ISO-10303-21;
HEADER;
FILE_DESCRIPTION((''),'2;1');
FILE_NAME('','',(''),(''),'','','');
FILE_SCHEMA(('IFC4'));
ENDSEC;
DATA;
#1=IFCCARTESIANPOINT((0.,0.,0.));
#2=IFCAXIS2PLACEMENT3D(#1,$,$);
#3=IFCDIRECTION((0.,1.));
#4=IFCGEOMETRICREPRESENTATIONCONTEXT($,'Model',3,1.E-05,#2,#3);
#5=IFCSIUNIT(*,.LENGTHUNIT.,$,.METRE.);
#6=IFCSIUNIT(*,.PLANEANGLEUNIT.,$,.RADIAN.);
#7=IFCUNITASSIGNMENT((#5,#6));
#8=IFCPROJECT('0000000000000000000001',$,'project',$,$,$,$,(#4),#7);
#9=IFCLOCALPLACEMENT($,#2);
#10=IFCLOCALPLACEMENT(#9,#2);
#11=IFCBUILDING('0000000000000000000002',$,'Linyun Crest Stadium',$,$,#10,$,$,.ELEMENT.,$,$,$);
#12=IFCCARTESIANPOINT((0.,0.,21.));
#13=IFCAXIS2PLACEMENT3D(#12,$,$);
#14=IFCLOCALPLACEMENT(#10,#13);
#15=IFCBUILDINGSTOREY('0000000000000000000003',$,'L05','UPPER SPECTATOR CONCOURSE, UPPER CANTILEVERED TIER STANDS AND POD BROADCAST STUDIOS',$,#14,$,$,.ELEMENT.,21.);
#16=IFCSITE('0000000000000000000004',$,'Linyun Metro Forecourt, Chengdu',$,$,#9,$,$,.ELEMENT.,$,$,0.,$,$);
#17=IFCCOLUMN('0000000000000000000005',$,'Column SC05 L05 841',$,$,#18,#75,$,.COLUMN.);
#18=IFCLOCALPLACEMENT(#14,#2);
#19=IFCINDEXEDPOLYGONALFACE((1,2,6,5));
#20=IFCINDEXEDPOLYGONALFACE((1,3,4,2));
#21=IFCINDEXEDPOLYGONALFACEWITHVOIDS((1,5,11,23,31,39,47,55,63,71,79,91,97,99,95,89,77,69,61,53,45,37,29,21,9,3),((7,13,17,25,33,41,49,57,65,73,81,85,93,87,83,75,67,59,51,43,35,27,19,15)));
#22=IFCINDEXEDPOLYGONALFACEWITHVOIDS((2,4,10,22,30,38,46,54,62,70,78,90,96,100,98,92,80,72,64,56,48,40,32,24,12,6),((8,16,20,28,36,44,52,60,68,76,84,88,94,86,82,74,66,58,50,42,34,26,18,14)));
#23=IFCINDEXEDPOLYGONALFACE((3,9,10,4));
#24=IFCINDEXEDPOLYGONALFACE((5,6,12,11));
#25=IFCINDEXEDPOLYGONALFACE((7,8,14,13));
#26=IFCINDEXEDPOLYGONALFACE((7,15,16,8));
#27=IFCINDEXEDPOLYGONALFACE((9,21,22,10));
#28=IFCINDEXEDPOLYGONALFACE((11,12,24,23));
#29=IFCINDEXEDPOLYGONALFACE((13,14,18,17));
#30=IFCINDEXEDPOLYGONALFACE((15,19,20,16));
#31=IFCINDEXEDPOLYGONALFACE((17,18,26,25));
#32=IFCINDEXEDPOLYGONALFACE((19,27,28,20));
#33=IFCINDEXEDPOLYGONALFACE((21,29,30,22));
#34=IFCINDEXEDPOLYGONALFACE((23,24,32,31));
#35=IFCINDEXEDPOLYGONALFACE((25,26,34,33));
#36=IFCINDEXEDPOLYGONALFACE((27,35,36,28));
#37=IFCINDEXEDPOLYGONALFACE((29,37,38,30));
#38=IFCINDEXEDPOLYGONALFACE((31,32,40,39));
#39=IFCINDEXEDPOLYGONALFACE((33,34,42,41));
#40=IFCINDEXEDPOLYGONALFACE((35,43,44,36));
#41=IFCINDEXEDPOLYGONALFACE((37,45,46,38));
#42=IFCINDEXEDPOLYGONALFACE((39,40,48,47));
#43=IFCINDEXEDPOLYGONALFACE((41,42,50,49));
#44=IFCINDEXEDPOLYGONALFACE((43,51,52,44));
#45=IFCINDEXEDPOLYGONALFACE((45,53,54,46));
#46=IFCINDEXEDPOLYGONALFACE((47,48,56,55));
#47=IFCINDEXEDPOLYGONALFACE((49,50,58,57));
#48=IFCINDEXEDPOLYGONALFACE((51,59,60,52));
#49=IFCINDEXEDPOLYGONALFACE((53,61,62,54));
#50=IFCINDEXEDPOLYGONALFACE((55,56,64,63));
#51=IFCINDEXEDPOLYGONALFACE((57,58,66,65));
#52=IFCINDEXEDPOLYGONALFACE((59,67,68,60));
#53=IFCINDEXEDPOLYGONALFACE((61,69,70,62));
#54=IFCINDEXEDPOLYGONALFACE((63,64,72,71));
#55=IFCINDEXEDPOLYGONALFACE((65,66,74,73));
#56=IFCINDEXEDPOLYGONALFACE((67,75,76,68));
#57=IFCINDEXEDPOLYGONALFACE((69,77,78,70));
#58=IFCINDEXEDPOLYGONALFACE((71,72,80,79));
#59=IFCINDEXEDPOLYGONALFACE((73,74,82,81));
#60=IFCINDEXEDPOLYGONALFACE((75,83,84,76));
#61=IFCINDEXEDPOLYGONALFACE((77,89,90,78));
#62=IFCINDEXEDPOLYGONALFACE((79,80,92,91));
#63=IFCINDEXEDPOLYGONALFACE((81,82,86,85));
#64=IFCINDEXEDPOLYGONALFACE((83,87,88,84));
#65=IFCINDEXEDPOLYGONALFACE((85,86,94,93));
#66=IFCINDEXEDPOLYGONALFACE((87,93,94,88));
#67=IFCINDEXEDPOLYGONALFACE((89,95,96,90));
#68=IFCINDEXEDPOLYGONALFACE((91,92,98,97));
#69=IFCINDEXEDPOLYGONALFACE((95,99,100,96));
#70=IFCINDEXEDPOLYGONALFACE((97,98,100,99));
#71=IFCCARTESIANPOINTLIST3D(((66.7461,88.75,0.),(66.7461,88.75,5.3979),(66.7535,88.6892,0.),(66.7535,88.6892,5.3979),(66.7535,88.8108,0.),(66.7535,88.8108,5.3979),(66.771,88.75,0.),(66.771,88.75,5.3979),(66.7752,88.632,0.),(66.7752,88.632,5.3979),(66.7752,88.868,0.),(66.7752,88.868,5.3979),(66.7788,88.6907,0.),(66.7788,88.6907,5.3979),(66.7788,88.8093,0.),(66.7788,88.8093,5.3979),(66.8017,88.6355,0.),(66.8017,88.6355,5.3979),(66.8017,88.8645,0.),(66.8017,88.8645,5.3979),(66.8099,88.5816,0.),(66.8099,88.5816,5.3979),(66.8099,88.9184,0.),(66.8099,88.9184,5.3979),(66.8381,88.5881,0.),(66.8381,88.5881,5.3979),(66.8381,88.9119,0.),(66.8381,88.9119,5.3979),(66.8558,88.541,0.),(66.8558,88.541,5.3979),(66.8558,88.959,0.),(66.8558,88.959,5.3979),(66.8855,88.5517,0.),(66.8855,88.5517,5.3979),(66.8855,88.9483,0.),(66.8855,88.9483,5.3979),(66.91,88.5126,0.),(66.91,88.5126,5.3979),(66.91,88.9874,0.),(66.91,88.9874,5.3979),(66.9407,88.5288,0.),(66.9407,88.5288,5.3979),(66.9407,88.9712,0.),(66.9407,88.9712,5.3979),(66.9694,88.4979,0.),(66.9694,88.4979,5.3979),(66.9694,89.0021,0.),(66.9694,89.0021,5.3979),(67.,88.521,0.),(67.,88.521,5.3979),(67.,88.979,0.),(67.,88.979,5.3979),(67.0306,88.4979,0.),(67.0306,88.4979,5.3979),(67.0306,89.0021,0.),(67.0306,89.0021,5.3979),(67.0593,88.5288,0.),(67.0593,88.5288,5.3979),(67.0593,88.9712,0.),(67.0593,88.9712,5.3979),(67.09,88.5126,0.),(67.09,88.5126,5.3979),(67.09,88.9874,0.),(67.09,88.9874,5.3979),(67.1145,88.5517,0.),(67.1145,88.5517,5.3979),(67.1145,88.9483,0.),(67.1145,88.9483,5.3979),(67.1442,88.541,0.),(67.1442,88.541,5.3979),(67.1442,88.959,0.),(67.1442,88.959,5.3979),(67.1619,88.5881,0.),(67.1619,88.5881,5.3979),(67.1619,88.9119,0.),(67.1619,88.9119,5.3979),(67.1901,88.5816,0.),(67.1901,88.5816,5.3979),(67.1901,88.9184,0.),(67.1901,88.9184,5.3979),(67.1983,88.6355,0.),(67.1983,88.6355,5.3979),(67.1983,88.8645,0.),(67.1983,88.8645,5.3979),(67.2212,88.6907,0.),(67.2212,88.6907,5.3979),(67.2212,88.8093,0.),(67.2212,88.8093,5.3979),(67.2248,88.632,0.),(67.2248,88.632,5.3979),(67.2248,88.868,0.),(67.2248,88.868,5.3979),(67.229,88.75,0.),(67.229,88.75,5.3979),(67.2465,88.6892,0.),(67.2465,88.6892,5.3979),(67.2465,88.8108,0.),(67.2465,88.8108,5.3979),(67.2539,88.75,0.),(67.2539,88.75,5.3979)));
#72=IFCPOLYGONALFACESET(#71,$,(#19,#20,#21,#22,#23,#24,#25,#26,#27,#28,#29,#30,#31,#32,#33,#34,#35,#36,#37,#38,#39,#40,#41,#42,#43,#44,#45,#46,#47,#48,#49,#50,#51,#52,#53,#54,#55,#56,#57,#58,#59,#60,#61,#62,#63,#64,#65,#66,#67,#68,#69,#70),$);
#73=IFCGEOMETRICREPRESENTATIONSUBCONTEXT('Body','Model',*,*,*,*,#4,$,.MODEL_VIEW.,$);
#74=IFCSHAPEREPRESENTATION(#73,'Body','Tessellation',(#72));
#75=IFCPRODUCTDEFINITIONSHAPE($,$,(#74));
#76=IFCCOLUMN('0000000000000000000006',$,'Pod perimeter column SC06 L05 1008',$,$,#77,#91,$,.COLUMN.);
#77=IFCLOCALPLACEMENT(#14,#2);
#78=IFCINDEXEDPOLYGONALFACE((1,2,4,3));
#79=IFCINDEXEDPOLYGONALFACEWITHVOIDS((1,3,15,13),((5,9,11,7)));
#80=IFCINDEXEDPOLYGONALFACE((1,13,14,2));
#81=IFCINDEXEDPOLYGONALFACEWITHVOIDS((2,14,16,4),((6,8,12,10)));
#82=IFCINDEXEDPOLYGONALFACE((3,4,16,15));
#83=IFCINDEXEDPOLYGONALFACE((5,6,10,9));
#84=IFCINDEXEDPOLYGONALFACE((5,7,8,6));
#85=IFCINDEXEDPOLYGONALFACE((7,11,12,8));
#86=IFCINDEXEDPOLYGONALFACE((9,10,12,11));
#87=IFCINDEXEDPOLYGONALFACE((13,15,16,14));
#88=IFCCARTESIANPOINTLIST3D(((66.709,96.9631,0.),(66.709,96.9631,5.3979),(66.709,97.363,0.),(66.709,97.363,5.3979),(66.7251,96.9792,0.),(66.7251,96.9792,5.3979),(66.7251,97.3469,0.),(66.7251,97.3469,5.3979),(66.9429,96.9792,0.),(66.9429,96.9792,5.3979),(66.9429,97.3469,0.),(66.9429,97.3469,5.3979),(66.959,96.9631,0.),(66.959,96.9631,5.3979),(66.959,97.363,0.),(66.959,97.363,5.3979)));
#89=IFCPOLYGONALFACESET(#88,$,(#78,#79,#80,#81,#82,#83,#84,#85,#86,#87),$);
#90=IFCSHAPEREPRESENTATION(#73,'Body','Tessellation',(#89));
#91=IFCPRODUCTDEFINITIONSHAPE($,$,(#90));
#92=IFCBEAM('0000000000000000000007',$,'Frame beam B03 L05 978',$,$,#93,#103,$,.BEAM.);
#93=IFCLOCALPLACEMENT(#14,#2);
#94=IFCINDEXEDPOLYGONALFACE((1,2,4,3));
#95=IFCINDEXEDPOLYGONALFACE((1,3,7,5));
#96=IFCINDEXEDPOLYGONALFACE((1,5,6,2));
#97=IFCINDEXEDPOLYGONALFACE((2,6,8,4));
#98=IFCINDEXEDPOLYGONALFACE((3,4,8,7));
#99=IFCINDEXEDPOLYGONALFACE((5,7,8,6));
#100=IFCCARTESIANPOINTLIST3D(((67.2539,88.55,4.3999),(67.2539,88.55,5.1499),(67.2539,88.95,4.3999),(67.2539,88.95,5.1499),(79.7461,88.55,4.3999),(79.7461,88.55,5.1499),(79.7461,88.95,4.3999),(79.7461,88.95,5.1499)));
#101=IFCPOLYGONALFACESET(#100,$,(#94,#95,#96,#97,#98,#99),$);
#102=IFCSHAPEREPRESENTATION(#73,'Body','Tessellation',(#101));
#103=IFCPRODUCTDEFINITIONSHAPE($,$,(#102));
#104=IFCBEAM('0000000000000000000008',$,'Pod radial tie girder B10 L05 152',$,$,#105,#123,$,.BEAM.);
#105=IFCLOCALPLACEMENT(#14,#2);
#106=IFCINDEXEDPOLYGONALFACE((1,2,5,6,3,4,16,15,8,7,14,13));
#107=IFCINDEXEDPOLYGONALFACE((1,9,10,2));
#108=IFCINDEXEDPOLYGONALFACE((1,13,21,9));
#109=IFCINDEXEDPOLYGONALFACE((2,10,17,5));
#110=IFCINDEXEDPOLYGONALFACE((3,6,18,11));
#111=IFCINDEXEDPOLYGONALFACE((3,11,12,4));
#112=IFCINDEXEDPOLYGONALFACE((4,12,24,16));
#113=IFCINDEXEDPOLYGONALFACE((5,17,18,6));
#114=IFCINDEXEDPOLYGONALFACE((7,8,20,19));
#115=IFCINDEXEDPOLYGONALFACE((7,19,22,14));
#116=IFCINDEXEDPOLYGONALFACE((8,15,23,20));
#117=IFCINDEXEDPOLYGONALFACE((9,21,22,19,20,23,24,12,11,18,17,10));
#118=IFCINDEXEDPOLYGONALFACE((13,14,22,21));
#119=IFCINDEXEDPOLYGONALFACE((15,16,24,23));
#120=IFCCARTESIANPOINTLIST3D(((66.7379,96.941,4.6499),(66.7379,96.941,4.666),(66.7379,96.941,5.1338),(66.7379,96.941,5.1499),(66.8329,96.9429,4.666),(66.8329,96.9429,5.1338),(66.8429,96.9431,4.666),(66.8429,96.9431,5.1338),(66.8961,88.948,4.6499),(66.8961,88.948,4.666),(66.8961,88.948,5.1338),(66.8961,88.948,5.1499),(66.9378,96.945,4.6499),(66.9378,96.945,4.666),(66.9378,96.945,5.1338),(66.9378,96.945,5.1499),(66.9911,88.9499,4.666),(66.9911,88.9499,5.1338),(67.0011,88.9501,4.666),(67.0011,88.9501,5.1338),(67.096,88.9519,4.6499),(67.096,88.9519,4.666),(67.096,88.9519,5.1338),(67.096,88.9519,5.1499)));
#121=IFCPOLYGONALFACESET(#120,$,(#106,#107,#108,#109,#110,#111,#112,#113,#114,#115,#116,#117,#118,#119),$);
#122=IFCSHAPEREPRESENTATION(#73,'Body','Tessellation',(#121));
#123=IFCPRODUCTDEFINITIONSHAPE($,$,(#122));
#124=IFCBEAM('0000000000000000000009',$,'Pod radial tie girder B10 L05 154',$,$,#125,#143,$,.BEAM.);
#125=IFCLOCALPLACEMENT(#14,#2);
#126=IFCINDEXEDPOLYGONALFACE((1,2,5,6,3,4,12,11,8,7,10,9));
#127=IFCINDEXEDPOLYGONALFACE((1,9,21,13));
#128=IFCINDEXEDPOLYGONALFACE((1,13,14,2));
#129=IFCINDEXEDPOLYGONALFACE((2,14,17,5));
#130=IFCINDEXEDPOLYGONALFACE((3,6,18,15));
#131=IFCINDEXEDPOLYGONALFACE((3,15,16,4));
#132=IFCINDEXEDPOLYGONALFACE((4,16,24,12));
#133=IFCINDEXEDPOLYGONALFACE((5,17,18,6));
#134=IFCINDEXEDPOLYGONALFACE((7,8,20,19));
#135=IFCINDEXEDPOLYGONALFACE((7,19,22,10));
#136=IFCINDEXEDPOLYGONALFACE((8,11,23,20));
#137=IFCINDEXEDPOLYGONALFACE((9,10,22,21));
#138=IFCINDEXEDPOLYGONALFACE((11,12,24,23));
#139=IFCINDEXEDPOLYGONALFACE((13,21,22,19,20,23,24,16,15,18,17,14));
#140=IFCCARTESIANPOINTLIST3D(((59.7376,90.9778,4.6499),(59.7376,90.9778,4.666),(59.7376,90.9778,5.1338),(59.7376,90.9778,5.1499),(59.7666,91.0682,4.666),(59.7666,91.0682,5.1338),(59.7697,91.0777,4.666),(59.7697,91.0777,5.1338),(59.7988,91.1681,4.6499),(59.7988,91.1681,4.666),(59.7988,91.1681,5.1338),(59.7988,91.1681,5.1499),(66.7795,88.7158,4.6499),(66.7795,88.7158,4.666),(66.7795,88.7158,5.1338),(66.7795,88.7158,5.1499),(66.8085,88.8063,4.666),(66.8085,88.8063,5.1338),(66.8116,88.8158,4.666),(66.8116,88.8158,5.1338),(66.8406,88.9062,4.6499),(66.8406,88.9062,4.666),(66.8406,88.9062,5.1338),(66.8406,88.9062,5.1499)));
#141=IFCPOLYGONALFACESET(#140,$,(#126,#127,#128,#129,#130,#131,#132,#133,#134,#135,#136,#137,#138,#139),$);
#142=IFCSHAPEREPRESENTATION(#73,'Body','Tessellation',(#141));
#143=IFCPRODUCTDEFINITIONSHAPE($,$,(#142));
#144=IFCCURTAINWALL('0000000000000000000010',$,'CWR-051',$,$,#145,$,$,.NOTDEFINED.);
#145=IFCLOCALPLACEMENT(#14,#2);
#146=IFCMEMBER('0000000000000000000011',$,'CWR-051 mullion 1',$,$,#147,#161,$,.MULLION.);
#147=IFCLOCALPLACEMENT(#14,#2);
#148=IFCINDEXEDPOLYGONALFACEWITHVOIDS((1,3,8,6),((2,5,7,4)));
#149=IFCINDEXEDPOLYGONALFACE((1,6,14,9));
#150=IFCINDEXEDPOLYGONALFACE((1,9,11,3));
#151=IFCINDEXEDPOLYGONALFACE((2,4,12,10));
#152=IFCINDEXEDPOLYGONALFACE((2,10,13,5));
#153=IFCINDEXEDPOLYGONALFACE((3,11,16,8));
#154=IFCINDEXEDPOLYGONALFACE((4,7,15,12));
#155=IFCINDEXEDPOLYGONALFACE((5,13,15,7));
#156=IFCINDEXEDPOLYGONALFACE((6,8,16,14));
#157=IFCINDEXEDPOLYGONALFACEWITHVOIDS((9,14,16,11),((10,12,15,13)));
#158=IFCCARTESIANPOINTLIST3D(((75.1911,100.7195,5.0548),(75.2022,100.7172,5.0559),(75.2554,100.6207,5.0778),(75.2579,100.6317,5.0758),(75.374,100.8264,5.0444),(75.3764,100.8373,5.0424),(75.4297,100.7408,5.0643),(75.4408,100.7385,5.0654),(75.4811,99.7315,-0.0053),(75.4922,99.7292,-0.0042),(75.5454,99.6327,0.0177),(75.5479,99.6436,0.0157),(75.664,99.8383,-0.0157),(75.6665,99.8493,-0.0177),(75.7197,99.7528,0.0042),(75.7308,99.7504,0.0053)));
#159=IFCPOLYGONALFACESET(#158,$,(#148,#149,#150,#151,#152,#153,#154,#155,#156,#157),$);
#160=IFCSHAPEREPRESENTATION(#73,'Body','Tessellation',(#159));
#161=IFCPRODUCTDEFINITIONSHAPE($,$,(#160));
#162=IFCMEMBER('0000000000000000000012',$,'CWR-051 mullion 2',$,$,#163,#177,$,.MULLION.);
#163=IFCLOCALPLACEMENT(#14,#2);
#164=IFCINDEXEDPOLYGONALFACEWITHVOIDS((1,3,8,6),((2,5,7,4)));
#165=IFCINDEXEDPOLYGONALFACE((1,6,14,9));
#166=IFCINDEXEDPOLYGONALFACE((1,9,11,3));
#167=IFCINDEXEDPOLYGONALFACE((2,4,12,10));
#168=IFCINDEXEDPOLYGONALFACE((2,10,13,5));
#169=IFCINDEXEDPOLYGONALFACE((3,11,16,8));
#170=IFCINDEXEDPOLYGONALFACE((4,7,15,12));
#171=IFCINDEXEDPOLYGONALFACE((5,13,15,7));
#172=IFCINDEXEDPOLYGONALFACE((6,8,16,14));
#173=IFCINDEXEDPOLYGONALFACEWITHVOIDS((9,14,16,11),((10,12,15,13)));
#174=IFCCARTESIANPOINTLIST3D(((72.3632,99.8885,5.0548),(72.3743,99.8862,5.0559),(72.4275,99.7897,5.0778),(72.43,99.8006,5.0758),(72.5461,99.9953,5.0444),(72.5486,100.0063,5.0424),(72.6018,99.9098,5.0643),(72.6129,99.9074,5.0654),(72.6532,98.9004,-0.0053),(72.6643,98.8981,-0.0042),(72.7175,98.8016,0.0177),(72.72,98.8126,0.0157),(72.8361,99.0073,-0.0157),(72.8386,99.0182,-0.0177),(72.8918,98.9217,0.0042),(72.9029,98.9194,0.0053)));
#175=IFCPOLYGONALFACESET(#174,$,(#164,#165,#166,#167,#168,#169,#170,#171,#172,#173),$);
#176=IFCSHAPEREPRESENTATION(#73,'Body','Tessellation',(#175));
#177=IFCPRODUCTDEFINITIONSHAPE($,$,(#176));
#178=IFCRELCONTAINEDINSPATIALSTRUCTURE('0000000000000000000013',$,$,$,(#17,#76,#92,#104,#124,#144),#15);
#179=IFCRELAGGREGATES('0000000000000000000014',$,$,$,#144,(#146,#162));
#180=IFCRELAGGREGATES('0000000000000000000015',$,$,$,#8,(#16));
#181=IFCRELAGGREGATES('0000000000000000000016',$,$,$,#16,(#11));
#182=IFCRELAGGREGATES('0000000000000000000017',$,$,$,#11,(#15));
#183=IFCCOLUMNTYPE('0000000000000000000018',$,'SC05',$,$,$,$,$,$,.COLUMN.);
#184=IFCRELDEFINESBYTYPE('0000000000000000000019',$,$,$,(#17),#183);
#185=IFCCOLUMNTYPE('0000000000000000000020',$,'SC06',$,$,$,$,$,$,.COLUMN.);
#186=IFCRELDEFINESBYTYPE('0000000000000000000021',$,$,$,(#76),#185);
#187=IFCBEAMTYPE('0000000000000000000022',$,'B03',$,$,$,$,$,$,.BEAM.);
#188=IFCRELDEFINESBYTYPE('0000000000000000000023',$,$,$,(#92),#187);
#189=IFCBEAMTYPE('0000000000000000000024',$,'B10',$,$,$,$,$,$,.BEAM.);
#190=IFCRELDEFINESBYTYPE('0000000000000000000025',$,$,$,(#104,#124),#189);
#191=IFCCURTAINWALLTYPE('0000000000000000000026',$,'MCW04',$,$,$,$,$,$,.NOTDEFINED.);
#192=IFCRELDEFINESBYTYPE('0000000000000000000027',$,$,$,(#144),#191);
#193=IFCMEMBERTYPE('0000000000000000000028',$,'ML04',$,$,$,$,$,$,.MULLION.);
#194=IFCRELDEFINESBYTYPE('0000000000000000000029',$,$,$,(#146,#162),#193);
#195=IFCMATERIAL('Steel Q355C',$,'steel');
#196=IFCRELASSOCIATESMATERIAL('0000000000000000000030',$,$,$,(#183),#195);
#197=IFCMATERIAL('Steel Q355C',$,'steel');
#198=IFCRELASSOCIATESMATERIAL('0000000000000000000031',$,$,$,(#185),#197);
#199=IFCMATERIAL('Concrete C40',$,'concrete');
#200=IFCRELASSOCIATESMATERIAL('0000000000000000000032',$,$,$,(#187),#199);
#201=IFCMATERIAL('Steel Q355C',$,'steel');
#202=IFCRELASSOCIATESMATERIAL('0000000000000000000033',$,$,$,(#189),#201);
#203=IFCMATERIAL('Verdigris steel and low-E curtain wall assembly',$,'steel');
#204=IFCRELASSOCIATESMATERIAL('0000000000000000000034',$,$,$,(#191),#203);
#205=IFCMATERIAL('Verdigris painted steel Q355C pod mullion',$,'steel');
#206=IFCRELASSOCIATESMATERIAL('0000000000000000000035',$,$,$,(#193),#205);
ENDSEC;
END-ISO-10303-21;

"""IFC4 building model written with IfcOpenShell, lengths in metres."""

from ifc_helpers import new_model, si_unit, direction, frame, origin, origin_2d, place, context, subcontext, project, spatial, rectangle, hollow_rectangle, hollow_circle, i_section, extrude, material, material_profile, profile_set, type_object, element, aggregate, save


model = new_model("IFC4")

# Units and contexts
model_context = context("Model", 3, precision=1e-05, world=origin(), true_north=direction((0.0, 1.0)))
body_context = subcontext(model_context, "Body", "Model", "MODEL_VIEW")
ifc_project = project(units=[si_unit("LENGTHUNIT", "METRE"), si_unit("PLANEANGLEUNIT", "RADIAN")], contexts=[model_context])

# Site, building, storey
site_placement = place(None, origin())
site = spatial("IfcSite", under=ifc_project, at=site_placement, Name="Linyun Metro Forecourt, Chengdu", CompositionType="ELEMENT", RefElevation=0.0)
building_placement = place(site_placement, origin())
building = spatial("IfcBuilding", under=site, at=building_placement, Name="Linyun Crest Stadium", CompositionType="ELEMENT")
storey_placement = place(building_placement, frame((0.0, 0.0, 21.0)))
storey = spatial("IfcBuildingStorey", under=building, at=storey_placement, Name="L05", Description="UPPER SPECTATOR CONCOURSE, UPPER CANTILEVERED TIER STANDS AND POD BROADCAST STUDIOS", CompositionType="ELEMENT", Elevation=21.0)

# Columns
ifc_material_1 = material(Name="Steel Q355C", Category="steel")
ifc_material_profile_1 = material_profile(ifc_material_1, hollow_circle(Radius=0.2539, WallThickness=0.0249, at=origin_2d()), Name="CHS 508x25")
ifc_profile_set_1 = profile_set([ifc_material_profile_1], Name="Steel Q355C")
column_type_1 = type_object("IfcColumnType", Name="SC05", PredefinedType="COLUMN", material=ifc_profile_set_1)
column_1_placement = place(storey_placement, frame((67.0, 88.75, 0.0), z_axis=(0.0, 0.0, 1.0), x_axis=(1.0, 0.0, 0.0)))
element("IfcColumn", 1, at=column_1_placement, inside=storey, type_object=column_type_1, Name="Column SC05 L05 841", PredefinedType="COLUMN", context=body_context, shape_type="SweptSolid", body=[
    extrude(hollow_circle(Radius=0.2539, WallThickness=0.0249, at=origin_2d()), origin(), (0.0, 0.0, 1.0), 5.3979),
])
ifc_material_2 = material(Name="Steel Q355C", Category="steel")
ifc_material_profile_2 = material_profile(ifc_material_2, hollow_rectangle(XDim=0.25, YDim=0.3999, WallThickness=0.0161, at=origin_2d()), Name="RHS 400x250x16")
ifc_profile_set_2 = profile_set([ifc_material_profile_2], Name="Steel Q355C")
column_type_2 = type_object("IfcColumnType", Name="SC06", PredefinedType="COLUMN", material=ifc_profile_set_2)
column_2_placement = place(storey_placement, frame((66.834, 97.1631, 0.0), z_axis=(0.0, 0.0, 1.0), x_axis=(1.0, 0.0, 0.0)))
element("IfcColumn", 2, at=column_2_placement, inside=storey, type_object=column_type_2, Name="Pod perimeter column SC06 L05 1008", PredefinedType="COLUMN", context=body_context, shape_type="SweptSolid", body=[
    extrude(hollow_rectangle(XDim=0.25, YDim=0.3999, WallThickness=0.0161, at=origin_2d()), origin(), (0.0, 0.0, 1.0), 5.3979),
])

# Beams
ifc_material_3 = material(Name="Concrete C40", Category="concrete")
ifc_material_profile_3 = material_profile(ifc_material_3, rectangle(XDim=0.3999, YDim=0.75, at=origin_2d()), Name="RCB 750x400")
ifc_profile_set_3 = profile_set([ifc_material_profile_3], Name="Concrete C40")
beam_type_1 = type_object("IfcBeamType", Name="B03", PredefinedType="BEAM", material=ifc_profile_set_3)
beam_1_placement = place(storey_placement, frame((67.2539, 88.75, 4.7749), z_axis=(1.0, 0.0, 0.0), x_axis=(0.0, 1.0, 0.0)))
element("IfcBeam", 3, at=beam_1_placement, inside=storey, type_object=beam_type_1, Name="Frame beam B03 L05 978", PredefinedType="BEAM", context=body_context, shape_type="SweptSolid", body=[
    extrude(rectangle(XDim=0.3999, YDim=0.75, at=origin_2d()), origin(), (0.0, 0.0, 1.0), 12.4922),
])
ifc_material_4 = material(Name="Steel Q355C", Category="steel")
ifc_material_profile_4 = material_profile(ifc_material_4, i_section(OverallWidth=0.2, OverallDepth=0.5, WebThickness=0.01, FlangeThickness=0.0161, at=origin_2d()), Name="HN 500x200")
ifc_profile_set_4 = profile_set([ifc_material_profile_4], Name="Steel Q355C")
beam_type_2 = type_object("IfcBeamType", Name="B10", PredefinedType="BEAM", material=ifc_profile_set_4)
beam_2_placement = place(storey_placement, frame((66.9961, 88.95, 4.8999), z_axis=(-0.019788, 0.999804, 0.0), x_axis=(-0.999804, -0.019788, 0.0)))
element("IfcBeam", 4, at=beam_2_placement, inside=storey, type_object=beam_type_2, Name="Pod radial tie girder B10 L05 152", PredefinedType="BEAM", context=body_context, shape_type="SweptSolid", body=[
    extrude(i_section(OverallWidth=0.2, OverallDepth=0.5, WebThickness=0.01, FlangeThickness=0.0161, at=origin_2d()), origin(), (0.0, 0.0, 1.0), 7.9946),
])
beam_3_placement = place(storey_placement, frame((66.8101, 88.811, 4.8999), z_axis=(-0.952089, 0.305821, 0.0), x_axis=(-0.305821, -0.952089, 0.0)))
element("IfcBeam", 5, at=beam_3_placement, inside=storey, type_object=beam_type_2, Name="Pod radial tie girder B10 L05 154", PredefinedType="BEAM", context=body_context, shape_type="SweptSolid", body=[
    extrude(i_section(OverallWidth=0.2, OverallDepth=0.5, WebThickness=0.01, FlangeThickness=0.0161, at=origin_2d()), origin(), (0.0, 0.0, 1.0), 7.3962),
])

# Curtain wall, members
ifc_material_5 = material(Name="Verdigris steel and low-E curtain wall assembly", Category="steel")
curtain_wall_type = type_object("IfcCurtainWallType", Name="MCW04", PredefinedType="NOTDEFINED", material=ifc_material_5)
curtain_wall_placement = place(storey_placement, origin())
curtain_wall = element("IfcCurtainWall", 6, at=curtain_wall_placement, inside=storey, type_object=curtain_wall_type, Name="CWR-051", PredefinedType="NOTDEFINED")
ifc_material_6 = material(Name="Verdigris painted steel Q355C pod mullion", Category="steel")
ifc_material_profile_5 = material_profile(ifc_material_6, hollow_rectangle(XDim=0.1201, YDim=0.22, WallThickness=0.0081, at=origin_2d()), Name="RHS 220x120x8")
ifc_profile_set_5 = profile_set([ifc_material_profile_5], Name="Verdigris painted steel Q355C pod mullion")
member_type_1 = type_object("IfcMemberType", Name="ML04", PredefinedType="MULLION", material=ifc_profile_set_5)
member_1_placement = place(storey_placement, frame((75.606, 99.741, 0.0), z_axis=(-0.056168, 0.19134, 0.979915), x_axis=(-0.535395, 0.822647, -0.19132)))
member_1 = element("IfcMember", 7, at=member_1_placement, type_object=member_type_1, Name="CWR-051 mullion 1", PredefinedType="MULLION", context=body_context, shape_type="SweptSolid", body=[
    extrude(hollow_rectangle(XDim=0.1201, YDim=0.22, WallThickness=0.0081, at=origin_2d()), origin(), (0.0, 0.0, 1.0), 5.1638),
])
member_2_placement = place(storey_placement, frame((72.7781, 98.9099, 0.0), z_axis=(-0.056168, 0.19134, 0.979915), x_axis=(-0.535395, 0.822647, -0.19132)))
member_2 = element("IfcMember", 8, at=member_2_placement, type_object=member_type_1, Name="CWR-051 mullion 2", PredefinedType="MULLION", context=body_context, shape_type="SweptSolid", body=[
    extrude(hollow_rectangle(XDim=0.1201, YDim=0.22, WallThickness=0.0081, at=origin_2d()), origin(), (0.0, 0.0, 1.0), 5.1638),
])
aggregate(curtain_wall, [member_1, member_2])

save(model, "model.ifc")
